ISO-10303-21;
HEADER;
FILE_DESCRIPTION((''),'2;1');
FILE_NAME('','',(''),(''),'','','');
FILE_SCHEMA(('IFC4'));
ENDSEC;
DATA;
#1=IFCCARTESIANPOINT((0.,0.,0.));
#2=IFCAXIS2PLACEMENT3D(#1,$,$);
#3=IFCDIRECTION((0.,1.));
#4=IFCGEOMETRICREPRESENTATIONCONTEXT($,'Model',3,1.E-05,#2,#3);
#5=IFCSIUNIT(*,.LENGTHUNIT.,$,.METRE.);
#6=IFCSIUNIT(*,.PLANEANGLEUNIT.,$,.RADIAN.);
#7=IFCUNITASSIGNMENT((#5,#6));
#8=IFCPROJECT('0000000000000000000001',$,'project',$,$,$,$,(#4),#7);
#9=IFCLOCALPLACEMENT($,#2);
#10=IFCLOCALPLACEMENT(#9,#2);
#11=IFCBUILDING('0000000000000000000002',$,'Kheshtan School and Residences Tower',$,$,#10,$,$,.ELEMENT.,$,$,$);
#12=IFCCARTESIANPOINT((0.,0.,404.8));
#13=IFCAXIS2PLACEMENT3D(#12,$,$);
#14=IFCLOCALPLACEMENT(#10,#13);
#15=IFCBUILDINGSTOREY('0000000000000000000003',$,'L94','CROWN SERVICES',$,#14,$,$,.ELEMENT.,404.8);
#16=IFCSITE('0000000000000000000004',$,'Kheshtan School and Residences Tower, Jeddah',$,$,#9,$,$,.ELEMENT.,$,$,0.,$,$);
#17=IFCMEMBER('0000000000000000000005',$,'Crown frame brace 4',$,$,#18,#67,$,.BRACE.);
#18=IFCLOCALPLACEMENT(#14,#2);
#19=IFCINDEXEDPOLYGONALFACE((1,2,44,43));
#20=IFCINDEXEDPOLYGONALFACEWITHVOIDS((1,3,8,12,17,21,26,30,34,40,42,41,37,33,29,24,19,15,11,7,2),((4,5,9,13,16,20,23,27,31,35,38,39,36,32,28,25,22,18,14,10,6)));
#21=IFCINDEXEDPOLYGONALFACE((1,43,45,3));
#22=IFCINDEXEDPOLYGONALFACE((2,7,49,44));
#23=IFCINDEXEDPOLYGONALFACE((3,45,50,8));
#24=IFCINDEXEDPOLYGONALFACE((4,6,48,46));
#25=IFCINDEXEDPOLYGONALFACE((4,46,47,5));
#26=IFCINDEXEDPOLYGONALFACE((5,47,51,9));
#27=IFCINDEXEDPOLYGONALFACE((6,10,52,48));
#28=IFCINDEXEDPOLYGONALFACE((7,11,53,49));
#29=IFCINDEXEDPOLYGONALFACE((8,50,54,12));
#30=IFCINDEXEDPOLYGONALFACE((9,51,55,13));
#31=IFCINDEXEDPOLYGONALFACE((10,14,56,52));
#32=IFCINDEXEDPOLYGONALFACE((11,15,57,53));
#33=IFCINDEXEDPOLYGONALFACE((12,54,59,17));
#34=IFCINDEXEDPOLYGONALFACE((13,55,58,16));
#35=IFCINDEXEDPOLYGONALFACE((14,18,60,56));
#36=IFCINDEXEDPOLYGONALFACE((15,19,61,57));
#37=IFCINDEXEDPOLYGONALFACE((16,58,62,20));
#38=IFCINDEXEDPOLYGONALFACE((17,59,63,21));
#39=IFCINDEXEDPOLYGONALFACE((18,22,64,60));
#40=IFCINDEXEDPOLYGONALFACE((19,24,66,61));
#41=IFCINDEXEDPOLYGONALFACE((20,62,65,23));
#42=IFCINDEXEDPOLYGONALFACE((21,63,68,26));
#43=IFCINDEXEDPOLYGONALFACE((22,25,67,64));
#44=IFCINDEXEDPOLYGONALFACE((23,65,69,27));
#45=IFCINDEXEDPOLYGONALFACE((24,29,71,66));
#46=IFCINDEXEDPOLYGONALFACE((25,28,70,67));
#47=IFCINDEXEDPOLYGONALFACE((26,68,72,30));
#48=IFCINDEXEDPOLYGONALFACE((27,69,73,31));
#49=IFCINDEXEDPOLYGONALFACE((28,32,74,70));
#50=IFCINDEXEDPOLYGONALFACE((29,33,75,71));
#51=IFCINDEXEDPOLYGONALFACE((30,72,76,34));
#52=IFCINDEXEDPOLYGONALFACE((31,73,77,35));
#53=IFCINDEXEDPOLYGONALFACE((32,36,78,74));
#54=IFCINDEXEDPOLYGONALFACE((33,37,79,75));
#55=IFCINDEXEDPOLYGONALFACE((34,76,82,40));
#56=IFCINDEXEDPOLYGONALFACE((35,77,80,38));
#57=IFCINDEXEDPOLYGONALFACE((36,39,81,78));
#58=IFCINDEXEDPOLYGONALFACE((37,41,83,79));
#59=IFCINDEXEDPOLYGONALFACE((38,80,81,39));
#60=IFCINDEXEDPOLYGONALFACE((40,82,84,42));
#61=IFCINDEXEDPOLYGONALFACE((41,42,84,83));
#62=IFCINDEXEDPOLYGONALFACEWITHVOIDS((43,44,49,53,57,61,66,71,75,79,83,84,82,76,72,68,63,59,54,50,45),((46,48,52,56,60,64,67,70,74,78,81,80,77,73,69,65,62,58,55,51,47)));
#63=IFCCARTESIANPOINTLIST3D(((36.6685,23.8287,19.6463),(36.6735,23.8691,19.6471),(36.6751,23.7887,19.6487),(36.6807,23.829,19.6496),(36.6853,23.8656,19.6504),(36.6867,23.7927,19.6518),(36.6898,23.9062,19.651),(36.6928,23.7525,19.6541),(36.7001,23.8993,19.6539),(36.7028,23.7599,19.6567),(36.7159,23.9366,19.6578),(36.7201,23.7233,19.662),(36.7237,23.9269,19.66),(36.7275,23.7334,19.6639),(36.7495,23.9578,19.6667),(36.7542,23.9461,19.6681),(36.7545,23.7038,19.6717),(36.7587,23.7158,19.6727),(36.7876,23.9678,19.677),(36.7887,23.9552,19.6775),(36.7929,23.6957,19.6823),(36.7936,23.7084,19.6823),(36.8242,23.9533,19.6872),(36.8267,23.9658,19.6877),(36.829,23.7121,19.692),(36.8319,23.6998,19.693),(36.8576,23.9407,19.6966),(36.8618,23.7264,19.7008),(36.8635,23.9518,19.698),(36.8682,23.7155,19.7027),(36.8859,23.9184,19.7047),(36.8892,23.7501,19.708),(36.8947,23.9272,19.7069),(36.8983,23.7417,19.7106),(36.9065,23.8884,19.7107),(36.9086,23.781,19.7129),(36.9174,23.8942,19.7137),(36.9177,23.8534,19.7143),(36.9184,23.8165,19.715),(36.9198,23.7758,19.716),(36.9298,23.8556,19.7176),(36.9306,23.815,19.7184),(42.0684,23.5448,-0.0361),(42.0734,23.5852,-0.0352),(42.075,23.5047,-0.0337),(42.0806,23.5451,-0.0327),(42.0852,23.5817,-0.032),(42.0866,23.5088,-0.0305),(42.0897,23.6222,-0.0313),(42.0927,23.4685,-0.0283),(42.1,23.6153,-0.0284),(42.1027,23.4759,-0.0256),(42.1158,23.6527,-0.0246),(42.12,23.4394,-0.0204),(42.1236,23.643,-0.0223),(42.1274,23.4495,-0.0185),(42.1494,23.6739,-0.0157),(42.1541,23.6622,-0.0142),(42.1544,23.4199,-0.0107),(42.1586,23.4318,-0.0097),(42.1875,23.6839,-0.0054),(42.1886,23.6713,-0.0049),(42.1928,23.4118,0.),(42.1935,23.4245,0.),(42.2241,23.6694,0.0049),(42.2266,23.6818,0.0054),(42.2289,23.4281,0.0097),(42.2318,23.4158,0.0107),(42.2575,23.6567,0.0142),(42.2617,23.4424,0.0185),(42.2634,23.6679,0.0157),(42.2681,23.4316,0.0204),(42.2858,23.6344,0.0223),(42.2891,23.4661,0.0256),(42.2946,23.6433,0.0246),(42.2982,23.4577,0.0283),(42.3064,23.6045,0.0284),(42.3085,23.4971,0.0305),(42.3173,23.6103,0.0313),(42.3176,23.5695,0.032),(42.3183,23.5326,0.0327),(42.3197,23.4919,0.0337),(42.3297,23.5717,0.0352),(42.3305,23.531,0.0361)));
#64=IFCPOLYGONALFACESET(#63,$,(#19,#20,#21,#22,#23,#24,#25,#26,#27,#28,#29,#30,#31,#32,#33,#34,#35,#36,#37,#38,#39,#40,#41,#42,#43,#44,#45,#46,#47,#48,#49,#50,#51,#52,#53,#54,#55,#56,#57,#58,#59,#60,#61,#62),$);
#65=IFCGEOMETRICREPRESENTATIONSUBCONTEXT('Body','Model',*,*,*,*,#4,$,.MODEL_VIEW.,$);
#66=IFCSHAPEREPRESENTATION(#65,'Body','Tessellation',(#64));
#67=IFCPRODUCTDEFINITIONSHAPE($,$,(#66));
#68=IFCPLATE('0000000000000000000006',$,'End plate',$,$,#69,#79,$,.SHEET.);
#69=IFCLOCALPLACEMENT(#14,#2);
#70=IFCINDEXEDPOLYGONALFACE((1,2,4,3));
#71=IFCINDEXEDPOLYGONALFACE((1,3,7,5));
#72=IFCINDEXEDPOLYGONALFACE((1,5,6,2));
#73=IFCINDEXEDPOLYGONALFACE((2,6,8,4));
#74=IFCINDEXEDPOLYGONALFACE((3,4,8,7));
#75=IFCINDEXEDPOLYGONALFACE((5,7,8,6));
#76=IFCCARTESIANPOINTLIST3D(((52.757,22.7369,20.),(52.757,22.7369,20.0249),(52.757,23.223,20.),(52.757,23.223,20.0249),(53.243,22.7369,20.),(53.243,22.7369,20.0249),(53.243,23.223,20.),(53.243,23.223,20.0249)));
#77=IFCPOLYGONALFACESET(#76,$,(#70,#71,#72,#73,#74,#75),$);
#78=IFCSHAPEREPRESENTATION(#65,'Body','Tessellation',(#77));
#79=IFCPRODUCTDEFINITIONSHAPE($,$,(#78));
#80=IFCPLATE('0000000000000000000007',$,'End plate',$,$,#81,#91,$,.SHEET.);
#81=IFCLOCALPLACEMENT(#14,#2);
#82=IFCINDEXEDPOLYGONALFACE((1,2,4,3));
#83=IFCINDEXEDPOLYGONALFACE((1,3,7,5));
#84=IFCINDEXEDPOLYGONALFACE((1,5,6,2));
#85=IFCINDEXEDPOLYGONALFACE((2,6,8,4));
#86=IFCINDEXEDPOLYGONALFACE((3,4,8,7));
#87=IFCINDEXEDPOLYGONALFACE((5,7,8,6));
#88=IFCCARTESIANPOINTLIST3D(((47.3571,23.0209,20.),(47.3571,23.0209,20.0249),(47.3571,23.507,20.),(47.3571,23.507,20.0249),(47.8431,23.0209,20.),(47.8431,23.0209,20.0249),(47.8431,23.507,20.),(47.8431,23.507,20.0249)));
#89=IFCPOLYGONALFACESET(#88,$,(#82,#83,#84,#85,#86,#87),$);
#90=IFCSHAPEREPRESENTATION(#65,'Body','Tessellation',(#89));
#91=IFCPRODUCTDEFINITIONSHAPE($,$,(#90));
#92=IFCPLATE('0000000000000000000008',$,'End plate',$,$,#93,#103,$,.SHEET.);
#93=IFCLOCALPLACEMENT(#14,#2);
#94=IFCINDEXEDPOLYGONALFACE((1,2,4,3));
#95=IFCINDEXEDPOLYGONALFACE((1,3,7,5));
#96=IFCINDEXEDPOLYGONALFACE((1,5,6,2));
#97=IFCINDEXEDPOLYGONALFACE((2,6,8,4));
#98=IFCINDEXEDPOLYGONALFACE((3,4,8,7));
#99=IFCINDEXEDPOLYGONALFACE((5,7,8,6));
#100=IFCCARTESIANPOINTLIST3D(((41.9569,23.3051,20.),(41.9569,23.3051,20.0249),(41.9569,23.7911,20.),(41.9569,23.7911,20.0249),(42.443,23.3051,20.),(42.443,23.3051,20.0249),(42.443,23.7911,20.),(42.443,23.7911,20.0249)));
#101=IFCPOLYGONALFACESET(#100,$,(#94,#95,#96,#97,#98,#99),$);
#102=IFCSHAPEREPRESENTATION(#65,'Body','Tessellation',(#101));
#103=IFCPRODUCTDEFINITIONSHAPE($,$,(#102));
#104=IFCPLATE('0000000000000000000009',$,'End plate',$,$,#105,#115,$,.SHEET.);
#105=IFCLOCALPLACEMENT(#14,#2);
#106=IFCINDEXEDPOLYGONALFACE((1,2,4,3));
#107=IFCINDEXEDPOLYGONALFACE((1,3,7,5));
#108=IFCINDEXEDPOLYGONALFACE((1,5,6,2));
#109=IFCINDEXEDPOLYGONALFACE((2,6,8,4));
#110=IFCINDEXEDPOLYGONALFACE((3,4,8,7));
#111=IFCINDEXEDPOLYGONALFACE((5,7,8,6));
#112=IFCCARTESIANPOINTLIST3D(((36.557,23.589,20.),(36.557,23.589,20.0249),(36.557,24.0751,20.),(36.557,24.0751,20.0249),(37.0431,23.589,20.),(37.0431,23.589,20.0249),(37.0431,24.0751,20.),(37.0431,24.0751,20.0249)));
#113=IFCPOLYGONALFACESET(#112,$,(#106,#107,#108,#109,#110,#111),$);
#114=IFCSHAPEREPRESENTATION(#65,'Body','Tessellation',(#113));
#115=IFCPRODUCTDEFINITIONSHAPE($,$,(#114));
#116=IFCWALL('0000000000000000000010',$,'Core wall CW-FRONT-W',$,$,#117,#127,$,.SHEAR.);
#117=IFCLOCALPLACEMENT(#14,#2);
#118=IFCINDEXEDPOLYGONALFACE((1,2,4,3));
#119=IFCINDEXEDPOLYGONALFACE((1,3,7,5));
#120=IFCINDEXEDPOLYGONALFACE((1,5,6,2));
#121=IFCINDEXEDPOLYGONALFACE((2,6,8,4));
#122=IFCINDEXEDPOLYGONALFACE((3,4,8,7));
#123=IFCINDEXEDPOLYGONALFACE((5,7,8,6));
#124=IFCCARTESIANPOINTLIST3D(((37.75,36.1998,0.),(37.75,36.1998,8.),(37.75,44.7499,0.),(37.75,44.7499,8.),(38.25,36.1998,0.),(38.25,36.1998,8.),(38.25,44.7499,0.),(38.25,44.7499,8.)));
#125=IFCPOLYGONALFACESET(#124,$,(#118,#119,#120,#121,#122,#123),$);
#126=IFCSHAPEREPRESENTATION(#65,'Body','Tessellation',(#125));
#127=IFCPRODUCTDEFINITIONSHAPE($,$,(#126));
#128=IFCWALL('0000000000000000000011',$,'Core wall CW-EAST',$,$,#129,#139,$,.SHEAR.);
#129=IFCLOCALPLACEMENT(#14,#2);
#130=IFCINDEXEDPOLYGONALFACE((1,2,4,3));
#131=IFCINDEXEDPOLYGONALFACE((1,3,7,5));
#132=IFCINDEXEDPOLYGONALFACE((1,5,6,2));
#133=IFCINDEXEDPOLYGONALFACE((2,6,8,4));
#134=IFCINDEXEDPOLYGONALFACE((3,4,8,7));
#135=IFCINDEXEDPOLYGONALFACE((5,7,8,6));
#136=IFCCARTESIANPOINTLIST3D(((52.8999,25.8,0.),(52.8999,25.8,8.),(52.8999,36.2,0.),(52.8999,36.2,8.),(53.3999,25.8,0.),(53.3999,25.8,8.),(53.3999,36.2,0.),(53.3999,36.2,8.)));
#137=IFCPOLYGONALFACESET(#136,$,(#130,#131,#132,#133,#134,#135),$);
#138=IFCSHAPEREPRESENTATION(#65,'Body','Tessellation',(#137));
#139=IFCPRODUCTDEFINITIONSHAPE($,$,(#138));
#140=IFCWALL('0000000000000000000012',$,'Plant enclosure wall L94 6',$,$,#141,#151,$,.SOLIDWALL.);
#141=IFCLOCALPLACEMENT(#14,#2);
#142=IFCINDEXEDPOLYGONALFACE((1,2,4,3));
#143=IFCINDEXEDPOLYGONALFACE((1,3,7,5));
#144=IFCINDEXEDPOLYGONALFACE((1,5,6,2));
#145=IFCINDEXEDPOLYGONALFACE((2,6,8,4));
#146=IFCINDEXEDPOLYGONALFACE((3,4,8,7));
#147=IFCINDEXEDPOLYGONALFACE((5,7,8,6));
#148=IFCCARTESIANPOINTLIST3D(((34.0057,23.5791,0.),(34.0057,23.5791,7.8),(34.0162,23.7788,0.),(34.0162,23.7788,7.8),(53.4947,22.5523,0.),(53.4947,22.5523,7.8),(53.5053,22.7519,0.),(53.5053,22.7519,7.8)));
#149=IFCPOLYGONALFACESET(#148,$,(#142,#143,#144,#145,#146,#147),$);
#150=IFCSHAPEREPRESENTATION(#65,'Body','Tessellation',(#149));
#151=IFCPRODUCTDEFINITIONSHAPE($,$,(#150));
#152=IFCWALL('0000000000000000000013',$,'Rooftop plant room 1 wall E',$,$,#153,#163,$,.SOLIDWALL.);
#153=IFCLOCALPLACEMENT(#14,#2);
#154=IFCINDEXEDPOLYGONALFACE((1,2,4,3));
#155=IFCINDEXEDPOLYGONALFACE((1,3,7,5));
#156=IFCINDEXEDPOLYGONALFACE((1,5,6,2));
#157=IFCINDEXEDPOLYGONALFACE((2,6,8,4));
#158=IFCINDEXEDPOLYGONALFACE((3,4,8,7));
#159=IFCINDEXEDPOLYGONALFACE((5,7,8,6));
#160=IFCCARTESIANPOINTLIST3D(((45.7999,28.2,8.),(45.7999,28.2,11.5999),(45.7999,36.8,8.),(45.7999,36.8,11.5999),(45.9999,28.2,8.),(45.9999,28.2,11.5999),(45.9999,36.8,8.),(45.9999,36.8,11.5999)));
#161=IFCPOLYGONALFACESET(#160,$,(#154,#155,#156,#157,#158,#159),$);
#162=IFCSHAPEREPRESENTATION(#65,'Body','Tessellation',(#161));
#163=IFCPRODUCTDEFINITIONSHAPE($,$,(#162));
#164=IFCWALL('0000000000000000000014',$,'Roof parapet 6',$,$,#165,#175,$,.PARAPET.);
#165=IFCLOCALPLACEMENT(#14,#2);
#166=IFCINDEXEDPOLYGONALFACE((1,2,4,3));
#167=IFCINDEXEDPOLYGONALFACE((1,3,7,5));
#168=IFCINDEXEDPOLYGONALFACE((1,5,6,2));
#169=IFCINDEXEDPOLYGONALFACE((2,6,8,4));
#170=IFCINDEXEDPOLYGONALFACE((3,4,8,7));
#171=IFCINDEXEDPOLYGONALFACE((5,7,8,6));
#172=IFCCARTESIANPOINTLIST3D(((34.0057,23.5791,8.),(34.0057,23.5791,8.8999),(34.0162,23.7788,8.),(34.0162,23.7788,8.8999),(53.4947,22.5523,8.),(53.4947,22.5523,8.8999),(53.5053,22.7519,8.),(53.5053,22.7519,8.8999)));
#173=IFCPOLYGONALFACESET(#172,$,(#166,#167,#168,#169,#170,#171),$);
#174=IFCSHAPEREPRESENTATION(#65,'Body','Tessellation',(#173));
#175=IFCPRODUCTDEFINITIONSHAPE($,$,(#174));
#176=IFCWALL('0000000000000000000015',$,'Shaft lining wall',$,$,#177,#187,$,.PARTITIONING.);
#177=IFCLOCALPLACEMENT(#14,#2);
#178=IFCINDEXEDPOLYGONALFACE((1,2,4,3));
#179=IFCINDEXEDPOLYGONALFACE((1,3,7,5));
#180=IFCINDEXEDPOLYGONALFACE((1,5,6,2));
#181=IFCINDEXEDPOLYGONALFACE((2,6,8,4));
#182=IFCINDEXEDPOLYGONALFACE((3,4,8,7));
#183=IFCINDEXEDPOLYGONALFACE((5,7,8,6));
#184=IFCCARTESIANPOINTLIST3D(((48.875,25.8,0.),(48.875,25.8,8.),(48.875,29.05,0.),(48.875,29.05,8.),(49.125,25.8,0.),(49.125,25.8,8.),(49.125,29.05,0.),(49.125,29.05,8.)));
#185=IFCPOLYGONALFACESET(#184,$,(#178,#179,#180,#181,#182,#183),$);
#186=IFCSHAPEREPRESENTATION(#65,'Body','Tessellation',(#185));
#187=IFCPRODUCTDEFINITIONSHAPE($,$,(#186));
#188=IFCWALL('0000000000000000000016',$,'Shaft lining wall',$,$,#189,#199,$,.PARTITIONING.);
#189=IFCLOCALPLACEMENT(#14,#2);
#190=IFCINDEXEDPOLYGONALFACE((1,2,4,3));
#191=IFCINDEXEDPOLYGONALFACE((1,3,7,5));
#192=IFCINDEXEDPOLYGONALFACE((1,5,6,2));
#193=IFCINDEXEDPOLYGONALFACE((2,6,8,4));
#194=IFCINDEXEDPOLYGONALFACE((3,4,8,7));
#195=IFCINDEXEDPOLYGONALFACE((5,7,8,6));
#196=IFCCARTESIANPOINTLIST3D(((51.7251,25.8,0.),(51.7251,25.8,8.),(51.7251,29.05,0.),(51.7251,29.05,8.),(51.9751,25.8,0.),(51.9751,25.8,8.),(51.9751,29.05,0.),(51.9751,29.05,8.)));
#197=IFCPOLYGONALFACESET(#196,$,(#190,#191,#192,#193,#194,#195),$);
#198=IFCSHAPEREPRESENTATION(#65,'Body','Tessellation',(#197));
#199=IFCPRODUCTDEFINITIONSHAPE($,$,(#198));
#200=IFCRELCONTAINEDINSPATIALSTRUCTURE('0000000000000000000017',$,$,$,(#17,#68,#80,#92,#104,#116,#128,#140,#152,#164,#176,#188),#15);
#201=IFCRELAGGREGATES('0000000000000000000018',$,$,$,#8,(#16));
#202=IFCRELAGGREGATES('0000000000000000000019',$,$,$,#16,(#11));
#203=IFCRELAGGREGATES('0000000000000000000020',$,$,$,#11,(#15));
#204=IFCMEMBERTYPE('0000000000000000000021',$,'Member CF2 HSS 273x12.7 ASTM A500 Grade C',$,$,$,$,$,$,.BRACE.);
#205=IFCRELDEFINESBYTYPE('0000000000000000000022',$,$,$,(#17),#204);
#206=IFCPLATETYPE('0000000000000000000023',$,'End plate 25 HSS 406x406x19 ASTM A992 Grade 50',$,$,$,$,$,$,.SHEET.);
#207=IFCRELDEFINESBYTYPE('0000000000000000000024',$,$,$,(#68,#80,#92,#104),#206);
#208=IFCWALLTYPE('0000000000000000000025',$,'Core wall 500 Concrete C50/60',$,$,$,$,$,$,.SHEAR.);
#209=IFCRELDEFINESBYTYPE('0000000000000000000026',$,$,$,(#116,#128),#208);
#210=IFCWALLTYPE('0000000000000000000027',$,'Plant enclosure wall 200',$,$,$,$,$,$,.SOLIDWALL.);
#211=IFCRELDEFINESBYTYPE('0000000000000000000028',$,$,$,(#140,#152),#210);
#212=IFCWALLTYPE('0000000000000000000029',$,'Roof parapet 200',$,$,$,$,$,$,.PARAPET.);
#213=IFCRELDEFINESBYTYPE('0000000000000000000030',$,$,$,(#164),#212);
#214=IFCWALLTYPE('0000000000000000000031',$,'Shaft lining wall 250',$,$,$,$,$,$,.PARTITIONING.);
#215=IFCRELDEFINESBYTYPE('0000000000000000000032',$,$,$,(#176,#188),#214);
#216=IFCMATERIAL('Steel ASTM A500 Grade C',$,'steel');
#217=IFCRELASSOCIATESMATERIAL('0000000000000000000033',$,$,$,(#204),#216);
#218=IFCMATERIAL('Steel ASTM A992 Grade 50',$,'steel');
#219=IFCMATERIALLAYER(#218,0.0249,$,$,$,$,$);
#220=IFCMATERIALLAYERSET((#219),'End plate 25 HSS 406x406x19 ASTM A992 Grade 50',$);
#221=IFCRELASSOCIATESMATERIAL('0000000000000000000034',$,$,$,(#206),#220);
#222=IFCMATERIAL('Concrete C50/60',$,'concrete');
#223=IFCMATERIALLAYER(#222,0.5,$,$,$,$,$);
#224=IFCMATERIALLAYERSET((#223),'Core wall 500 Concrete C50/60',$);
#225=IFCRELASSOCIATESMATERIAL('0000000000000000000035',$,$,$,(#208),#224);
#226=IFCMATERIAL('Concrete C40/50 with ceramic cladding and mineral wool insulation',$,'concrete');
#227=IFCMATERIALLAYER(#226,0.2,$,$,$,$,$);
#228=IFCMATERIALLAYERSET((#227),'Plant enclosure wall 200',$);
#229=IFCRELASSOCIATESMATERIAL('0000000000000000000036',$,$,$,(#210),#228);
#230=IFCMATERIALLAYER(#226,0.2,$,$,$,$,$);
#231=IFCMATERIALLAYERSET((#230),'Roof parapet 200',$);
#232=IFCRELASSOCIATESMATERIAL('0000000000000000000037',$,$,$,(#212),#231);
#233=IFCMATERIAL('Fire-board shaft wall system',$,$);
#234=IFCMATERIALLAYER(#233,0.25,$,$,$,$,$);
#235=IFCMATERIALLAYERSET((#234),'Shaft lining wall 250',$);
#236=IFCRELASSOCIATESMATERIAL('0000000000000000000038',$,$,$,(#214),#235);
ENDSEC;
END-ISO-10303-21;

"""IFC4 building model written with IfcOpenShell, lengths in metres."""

from ifc_helpers import new_model, si_unit, direction, frame, frame_2d, origin, origin_2d, place, context, subcontext, project, spatial, rectangle, hollow_circle, extrude, material, layer, layer_set, material_profile, profile_set, type_object, element, save


model = new_model("IFC4")

# Units and contexts
model_context = context("Model", 3, precision=1e-05, world=origin(), true_north=direction((0.0, 1.0)))
body_context = subcontext(model_context, "Body", "Model", "MODEL_VIEW")
ifc_project = project(units=[si_unit("LENGTHUNIT", "METRE"), si_unit("PLANEANGLEUNIT", "RADIAN")], contexts=[model_context])

# Site, building, storey
site_placement = place(None, origin())
site = spatial("IfcSite", under=ifc_project, at=site_placement, Name="Kheshtan School and Residences Tower, Jeddah", CompositionType="ELEMENT", RefElevation=0.0)
building_placement = place(site_placement, origin())
building = spatial("IfcBuilding", under=site, at=building_placement, Name="Kheshtan School and Residences Tower", CompositionType="ELEMENT")
storey_placement = place(building_placement, frame((0.0, 0.0, 404.8)))
storey = spatial("IfcBuildingStorey", under=building, at=storey_placement, Name="L94", Description="CROWN SERVICES", CompositionType="ELEMENT", Elevation=404.8)

# Shared definitions
ifc_material_1 = material(Name="Steel ASTM A500 Grade C", Category="steel")

# Shared definitions
ifc_material_2 = material(Name="Steel ASTM A992 Grade 50", Category="steel")

# Member
ifc_material_profile_1 = material_profile(ifc_material_1, hollow_circle(Radius=0.1365, WallThickness=0.0127, at=origin_2d()), Name="HSS 273x12.7")
ifc_profile_set_1 = profile_set([ifc_material_profile_1], Name="Steel ASTM A500 Grade C")
member_type = type_object("IfcMemberType", Name="Member CF2 HSS 273x12.7 ASTM A500 Grade C", PredefinedType="BRACE", material=ifc_profile_set_1)
for number, where, z_axis, x_axis, name in (
    (1, (42.2, 23.5481, 0.0), (-0.26455, 0.01391, 0.964272), (-0.052509, -0.99862, 0.0), "Crown frame brace 4"),
):
    element("IfcMember", number, at=place(storey_placement, frame(where, z_axis=z_axis, x_axis=x_axis)), inside=storey, type_object=member_type, Name=name, PredefinedType="BRACE", context=body_context, shape_type="SweptSolid", body=[
        extrude(hollow_circle(Radius=0.1365, WallThickness=0.0127, at=origin_2d()), origin(), (0.0, 0.0, 1.0), 20.4116),
    ])

# Plates
ifc_layer_1 = layer(ifc_material_2, 0.0249)
ifc_layer_set_1 = layer_set([ifc_layer_1], Name="End plate 25 HSS 406x406x19 ASTM A992 Grade 50")
plate_type = type_object("IfcPlateType", Name="End plate 25 HSS 406x406x19 ASTM A992 Grade 50", PredefinedType="SHEET", material=ifc_layer_set_1)
for number, where, z_axis, x_axis, name in (
    (2, (53.0, 22.98, 20.0), (0.0, 0.0, 1.0), (1.0, 0.0, 0.0), "End plate"),
    (3, (47.6001, 23.2639, 20.0), (0.0, 0.0, 1.0), (1.0, 0.0, 0.0), "End plate"),
    (4, (42.2, 23.5481, 20.0), (0.0, 0.0, 1.0), (1.0, 0.0, 0.0), "End plate"),
    (5, (36.8, 23.832, 20.0), (0.0, 0.0, 1.0), (1.0, 0.0, 0.0), "End plate"),
):
    element("IfcPlate", number, at=place(storey_placement, frame(where, z_axis=z_axis, x_axis=x_axis)), inside=storey, type_object=plate_type, Name=name, PredefinedType="SHEET", context=body_context, shape_type="SweptSolid", body=[
        extrude(rectangle(XDim=0.4861, YDim=0.4861, at=origin_2d()), origin(), (0.0, 0.0, 1.0), 0.0249),
    ])

# Walls
ifc_material_3 = material(Name="Concrete C50/60", Category="concrete")
ifc_layer_2 = layer(ifc_material_3, 0.5)
ifc_layer_set_2 = layer_set([ifc_layer_2], Name="Core wall 500 Concrete C50/60")
wall_type_1 = type_object("IfcWallType", Name="Core wall 500 Concrete C50/60", PredefinedType="SHEAR", material=ifc_layer_set_2)
wall_1_placement = place(storey_placement, frame((38.0, 36.2, 0.0), z_axis=(0.0, 0.0, 1.0), x_axis=(0.0, 1.0, 0.0)))
element("IfcWall", 6, at=wall_1_placement, inside=storey, type_object=wall_type_1, Name="Core wall CW-FRONT-W", PredefinedType="SHEAR", context=body_context, shape_type="SweptSolid", body=[
    extrude(rectangle(XDim=8.55, YDim=0.5, at=frame_2d((4.2749, 0.0))), origin(), (0.0, 0.0, 1.0), 8.0),
])
wall_2_placement = place(storey_placement, frame((53.1499, 25.8, 0.0), z_axis=(0.0, 0.0, 1.0), x_axis=(0.0, 1.0, 0.0)))
element("IfcWall", 7, at=wall_2_placement, inside=storey, type_object=wall_type_1, Name="Core wall CW-EAST", PredefinedType="SHEAR", context=body_context, shape_type="SweptSolid", body=[
    extrude(rectangle(XDim=10.3999, YDim=0.5, at=frame_2d((5.2, 0.0))), origin(), (0.0, 0.0, 1.0), 8.0),
])
ifc_material_4 = material(Name="Concrete C40/50 with ceramic cladding and mineral wool insulation", Category="concrete")
ifc_layer_3 = layer(ifc_material_4, 0.2)
ifc_layer_set_3 = layer_set([ifc_layer_3], Name="Plant enclosure wall 200")
wall_type_2 = type_object("IfcWallType", Name="Plant enclosure wall 200", PredefinedType="SOLIDWALL", material=ifc_layer_set_3)
wall_3_placement = place(storey_placement, frame((53.5, 22.6521, 0.0), z_axis=(0.0, 0.0, 1.0), x_axis=(-0.998615, 0.052616, 0.0)))
element("IfcWall", 8, at=wall_3_placement, inside=storey, type_object=wall_type_2, Name="Plant enclosure wall L94 6", PredefinedType="SOLIDWALL", context=body_context, shape_type="SweptSolid", body=[
    extrude(rectangle(XDim=19.5161, YDim=0.2, at=frame_2d((9.7581, 0.0))), origin(), (0.0, 0.0, 1.0), 7.8),
])
wall_4_placement = place(storey_placement, frame((45.8999, 28.2, 8.0), z_axis=(0.0, 0.0, 1.0), x_axis=(0.0, 1.0, 0.0)))
element("IfcWall", 9, at=wall_4_placement, inside=storey, type_object=wall_type_2, Name="Rooftop plant room 1 wall E", PredefinedType="SOLIDWALL", context=body_context, shape_type="SweptSolid", body=[
    extrude(rectangle(XDim=8.6001, YDim=0.2, at=frame_2d((4.3, 0.0))), origin(), (0.0, 0.0, 1.0), 3.5999),
])
ifc_layer_4 = layer(ifc_material_4, 0.2)
ifc_layer_set_4 = layer_set([ifc_layer_4], Name="Roof parapet 200")
wall_type_3 = type_object("IfcWallType", Name="Roof parapet 200", PredefinedType="PARAPET", material=ifc_layer_set_4)
wall_5_placement = place(storey_placement, frame((53.5, 22.6521, 8.0), z_axis=(0.0, 0.0, 1.0), x_axis=(-0.998615, 0.052616, 0.0)))
element("IfcWall", 10, at=wall_5_placement, inside=storey, type_object=wall_type_3, Name="Roof parapet 6", PredefinedType="PARAPET", context=body_context, shape_type="SweptSolid", body=[
    extrude(rectangle(XDim=19.5161, YDim=0.2, at=frame_2d((9.7581, 0.0))), origin(), (0.0, 0.0, 1.0), 0.8999),
])
ifc_material_5 = material(Name="Fire-board shaft wall system")
ifc_layer_5 = layer(ifc_material_5, 0.25)
ifc_layer_set_5 = layer_set([ifc_layer_5], Name="Shaft lining wall 250")
wall_type_4 = type_object("IfcWallType", Name="Shaft lining wall 250", PredefinedType="PARTITIONING", material=ifc_layer_set_5)
for number, where, z_axis, x_axis, name in (
    (11, (49.0, 25.8, 0.0), (0.0, 0.0, 1.0), (0.0, 1.0, 0.0), "Shaft lining wall"),
    (12, (51.8501, 25.8, 0.0), (0.0, 0.0, 1.0), (0.0, 1.0, 0.0), "Shaft lining wall"),
):
    element("IfcWall", number, at=place(storey_placement, frame(where, z_axis=z_axis, x_axis=x_axis)), inside=storey, type_object=wall_type_4, Name=name, PredefinedType="PARTITIONING", context=body_context, shape_type="SweptSolid", body=[
        extrude(rectangle(XDim=3.25, YDim=0.25, at=frame_2d((1.625, 0.0))), origin(), (0.0, 0.0, 1.0), 8.0),
    ])

save(model, "model.ifc")
